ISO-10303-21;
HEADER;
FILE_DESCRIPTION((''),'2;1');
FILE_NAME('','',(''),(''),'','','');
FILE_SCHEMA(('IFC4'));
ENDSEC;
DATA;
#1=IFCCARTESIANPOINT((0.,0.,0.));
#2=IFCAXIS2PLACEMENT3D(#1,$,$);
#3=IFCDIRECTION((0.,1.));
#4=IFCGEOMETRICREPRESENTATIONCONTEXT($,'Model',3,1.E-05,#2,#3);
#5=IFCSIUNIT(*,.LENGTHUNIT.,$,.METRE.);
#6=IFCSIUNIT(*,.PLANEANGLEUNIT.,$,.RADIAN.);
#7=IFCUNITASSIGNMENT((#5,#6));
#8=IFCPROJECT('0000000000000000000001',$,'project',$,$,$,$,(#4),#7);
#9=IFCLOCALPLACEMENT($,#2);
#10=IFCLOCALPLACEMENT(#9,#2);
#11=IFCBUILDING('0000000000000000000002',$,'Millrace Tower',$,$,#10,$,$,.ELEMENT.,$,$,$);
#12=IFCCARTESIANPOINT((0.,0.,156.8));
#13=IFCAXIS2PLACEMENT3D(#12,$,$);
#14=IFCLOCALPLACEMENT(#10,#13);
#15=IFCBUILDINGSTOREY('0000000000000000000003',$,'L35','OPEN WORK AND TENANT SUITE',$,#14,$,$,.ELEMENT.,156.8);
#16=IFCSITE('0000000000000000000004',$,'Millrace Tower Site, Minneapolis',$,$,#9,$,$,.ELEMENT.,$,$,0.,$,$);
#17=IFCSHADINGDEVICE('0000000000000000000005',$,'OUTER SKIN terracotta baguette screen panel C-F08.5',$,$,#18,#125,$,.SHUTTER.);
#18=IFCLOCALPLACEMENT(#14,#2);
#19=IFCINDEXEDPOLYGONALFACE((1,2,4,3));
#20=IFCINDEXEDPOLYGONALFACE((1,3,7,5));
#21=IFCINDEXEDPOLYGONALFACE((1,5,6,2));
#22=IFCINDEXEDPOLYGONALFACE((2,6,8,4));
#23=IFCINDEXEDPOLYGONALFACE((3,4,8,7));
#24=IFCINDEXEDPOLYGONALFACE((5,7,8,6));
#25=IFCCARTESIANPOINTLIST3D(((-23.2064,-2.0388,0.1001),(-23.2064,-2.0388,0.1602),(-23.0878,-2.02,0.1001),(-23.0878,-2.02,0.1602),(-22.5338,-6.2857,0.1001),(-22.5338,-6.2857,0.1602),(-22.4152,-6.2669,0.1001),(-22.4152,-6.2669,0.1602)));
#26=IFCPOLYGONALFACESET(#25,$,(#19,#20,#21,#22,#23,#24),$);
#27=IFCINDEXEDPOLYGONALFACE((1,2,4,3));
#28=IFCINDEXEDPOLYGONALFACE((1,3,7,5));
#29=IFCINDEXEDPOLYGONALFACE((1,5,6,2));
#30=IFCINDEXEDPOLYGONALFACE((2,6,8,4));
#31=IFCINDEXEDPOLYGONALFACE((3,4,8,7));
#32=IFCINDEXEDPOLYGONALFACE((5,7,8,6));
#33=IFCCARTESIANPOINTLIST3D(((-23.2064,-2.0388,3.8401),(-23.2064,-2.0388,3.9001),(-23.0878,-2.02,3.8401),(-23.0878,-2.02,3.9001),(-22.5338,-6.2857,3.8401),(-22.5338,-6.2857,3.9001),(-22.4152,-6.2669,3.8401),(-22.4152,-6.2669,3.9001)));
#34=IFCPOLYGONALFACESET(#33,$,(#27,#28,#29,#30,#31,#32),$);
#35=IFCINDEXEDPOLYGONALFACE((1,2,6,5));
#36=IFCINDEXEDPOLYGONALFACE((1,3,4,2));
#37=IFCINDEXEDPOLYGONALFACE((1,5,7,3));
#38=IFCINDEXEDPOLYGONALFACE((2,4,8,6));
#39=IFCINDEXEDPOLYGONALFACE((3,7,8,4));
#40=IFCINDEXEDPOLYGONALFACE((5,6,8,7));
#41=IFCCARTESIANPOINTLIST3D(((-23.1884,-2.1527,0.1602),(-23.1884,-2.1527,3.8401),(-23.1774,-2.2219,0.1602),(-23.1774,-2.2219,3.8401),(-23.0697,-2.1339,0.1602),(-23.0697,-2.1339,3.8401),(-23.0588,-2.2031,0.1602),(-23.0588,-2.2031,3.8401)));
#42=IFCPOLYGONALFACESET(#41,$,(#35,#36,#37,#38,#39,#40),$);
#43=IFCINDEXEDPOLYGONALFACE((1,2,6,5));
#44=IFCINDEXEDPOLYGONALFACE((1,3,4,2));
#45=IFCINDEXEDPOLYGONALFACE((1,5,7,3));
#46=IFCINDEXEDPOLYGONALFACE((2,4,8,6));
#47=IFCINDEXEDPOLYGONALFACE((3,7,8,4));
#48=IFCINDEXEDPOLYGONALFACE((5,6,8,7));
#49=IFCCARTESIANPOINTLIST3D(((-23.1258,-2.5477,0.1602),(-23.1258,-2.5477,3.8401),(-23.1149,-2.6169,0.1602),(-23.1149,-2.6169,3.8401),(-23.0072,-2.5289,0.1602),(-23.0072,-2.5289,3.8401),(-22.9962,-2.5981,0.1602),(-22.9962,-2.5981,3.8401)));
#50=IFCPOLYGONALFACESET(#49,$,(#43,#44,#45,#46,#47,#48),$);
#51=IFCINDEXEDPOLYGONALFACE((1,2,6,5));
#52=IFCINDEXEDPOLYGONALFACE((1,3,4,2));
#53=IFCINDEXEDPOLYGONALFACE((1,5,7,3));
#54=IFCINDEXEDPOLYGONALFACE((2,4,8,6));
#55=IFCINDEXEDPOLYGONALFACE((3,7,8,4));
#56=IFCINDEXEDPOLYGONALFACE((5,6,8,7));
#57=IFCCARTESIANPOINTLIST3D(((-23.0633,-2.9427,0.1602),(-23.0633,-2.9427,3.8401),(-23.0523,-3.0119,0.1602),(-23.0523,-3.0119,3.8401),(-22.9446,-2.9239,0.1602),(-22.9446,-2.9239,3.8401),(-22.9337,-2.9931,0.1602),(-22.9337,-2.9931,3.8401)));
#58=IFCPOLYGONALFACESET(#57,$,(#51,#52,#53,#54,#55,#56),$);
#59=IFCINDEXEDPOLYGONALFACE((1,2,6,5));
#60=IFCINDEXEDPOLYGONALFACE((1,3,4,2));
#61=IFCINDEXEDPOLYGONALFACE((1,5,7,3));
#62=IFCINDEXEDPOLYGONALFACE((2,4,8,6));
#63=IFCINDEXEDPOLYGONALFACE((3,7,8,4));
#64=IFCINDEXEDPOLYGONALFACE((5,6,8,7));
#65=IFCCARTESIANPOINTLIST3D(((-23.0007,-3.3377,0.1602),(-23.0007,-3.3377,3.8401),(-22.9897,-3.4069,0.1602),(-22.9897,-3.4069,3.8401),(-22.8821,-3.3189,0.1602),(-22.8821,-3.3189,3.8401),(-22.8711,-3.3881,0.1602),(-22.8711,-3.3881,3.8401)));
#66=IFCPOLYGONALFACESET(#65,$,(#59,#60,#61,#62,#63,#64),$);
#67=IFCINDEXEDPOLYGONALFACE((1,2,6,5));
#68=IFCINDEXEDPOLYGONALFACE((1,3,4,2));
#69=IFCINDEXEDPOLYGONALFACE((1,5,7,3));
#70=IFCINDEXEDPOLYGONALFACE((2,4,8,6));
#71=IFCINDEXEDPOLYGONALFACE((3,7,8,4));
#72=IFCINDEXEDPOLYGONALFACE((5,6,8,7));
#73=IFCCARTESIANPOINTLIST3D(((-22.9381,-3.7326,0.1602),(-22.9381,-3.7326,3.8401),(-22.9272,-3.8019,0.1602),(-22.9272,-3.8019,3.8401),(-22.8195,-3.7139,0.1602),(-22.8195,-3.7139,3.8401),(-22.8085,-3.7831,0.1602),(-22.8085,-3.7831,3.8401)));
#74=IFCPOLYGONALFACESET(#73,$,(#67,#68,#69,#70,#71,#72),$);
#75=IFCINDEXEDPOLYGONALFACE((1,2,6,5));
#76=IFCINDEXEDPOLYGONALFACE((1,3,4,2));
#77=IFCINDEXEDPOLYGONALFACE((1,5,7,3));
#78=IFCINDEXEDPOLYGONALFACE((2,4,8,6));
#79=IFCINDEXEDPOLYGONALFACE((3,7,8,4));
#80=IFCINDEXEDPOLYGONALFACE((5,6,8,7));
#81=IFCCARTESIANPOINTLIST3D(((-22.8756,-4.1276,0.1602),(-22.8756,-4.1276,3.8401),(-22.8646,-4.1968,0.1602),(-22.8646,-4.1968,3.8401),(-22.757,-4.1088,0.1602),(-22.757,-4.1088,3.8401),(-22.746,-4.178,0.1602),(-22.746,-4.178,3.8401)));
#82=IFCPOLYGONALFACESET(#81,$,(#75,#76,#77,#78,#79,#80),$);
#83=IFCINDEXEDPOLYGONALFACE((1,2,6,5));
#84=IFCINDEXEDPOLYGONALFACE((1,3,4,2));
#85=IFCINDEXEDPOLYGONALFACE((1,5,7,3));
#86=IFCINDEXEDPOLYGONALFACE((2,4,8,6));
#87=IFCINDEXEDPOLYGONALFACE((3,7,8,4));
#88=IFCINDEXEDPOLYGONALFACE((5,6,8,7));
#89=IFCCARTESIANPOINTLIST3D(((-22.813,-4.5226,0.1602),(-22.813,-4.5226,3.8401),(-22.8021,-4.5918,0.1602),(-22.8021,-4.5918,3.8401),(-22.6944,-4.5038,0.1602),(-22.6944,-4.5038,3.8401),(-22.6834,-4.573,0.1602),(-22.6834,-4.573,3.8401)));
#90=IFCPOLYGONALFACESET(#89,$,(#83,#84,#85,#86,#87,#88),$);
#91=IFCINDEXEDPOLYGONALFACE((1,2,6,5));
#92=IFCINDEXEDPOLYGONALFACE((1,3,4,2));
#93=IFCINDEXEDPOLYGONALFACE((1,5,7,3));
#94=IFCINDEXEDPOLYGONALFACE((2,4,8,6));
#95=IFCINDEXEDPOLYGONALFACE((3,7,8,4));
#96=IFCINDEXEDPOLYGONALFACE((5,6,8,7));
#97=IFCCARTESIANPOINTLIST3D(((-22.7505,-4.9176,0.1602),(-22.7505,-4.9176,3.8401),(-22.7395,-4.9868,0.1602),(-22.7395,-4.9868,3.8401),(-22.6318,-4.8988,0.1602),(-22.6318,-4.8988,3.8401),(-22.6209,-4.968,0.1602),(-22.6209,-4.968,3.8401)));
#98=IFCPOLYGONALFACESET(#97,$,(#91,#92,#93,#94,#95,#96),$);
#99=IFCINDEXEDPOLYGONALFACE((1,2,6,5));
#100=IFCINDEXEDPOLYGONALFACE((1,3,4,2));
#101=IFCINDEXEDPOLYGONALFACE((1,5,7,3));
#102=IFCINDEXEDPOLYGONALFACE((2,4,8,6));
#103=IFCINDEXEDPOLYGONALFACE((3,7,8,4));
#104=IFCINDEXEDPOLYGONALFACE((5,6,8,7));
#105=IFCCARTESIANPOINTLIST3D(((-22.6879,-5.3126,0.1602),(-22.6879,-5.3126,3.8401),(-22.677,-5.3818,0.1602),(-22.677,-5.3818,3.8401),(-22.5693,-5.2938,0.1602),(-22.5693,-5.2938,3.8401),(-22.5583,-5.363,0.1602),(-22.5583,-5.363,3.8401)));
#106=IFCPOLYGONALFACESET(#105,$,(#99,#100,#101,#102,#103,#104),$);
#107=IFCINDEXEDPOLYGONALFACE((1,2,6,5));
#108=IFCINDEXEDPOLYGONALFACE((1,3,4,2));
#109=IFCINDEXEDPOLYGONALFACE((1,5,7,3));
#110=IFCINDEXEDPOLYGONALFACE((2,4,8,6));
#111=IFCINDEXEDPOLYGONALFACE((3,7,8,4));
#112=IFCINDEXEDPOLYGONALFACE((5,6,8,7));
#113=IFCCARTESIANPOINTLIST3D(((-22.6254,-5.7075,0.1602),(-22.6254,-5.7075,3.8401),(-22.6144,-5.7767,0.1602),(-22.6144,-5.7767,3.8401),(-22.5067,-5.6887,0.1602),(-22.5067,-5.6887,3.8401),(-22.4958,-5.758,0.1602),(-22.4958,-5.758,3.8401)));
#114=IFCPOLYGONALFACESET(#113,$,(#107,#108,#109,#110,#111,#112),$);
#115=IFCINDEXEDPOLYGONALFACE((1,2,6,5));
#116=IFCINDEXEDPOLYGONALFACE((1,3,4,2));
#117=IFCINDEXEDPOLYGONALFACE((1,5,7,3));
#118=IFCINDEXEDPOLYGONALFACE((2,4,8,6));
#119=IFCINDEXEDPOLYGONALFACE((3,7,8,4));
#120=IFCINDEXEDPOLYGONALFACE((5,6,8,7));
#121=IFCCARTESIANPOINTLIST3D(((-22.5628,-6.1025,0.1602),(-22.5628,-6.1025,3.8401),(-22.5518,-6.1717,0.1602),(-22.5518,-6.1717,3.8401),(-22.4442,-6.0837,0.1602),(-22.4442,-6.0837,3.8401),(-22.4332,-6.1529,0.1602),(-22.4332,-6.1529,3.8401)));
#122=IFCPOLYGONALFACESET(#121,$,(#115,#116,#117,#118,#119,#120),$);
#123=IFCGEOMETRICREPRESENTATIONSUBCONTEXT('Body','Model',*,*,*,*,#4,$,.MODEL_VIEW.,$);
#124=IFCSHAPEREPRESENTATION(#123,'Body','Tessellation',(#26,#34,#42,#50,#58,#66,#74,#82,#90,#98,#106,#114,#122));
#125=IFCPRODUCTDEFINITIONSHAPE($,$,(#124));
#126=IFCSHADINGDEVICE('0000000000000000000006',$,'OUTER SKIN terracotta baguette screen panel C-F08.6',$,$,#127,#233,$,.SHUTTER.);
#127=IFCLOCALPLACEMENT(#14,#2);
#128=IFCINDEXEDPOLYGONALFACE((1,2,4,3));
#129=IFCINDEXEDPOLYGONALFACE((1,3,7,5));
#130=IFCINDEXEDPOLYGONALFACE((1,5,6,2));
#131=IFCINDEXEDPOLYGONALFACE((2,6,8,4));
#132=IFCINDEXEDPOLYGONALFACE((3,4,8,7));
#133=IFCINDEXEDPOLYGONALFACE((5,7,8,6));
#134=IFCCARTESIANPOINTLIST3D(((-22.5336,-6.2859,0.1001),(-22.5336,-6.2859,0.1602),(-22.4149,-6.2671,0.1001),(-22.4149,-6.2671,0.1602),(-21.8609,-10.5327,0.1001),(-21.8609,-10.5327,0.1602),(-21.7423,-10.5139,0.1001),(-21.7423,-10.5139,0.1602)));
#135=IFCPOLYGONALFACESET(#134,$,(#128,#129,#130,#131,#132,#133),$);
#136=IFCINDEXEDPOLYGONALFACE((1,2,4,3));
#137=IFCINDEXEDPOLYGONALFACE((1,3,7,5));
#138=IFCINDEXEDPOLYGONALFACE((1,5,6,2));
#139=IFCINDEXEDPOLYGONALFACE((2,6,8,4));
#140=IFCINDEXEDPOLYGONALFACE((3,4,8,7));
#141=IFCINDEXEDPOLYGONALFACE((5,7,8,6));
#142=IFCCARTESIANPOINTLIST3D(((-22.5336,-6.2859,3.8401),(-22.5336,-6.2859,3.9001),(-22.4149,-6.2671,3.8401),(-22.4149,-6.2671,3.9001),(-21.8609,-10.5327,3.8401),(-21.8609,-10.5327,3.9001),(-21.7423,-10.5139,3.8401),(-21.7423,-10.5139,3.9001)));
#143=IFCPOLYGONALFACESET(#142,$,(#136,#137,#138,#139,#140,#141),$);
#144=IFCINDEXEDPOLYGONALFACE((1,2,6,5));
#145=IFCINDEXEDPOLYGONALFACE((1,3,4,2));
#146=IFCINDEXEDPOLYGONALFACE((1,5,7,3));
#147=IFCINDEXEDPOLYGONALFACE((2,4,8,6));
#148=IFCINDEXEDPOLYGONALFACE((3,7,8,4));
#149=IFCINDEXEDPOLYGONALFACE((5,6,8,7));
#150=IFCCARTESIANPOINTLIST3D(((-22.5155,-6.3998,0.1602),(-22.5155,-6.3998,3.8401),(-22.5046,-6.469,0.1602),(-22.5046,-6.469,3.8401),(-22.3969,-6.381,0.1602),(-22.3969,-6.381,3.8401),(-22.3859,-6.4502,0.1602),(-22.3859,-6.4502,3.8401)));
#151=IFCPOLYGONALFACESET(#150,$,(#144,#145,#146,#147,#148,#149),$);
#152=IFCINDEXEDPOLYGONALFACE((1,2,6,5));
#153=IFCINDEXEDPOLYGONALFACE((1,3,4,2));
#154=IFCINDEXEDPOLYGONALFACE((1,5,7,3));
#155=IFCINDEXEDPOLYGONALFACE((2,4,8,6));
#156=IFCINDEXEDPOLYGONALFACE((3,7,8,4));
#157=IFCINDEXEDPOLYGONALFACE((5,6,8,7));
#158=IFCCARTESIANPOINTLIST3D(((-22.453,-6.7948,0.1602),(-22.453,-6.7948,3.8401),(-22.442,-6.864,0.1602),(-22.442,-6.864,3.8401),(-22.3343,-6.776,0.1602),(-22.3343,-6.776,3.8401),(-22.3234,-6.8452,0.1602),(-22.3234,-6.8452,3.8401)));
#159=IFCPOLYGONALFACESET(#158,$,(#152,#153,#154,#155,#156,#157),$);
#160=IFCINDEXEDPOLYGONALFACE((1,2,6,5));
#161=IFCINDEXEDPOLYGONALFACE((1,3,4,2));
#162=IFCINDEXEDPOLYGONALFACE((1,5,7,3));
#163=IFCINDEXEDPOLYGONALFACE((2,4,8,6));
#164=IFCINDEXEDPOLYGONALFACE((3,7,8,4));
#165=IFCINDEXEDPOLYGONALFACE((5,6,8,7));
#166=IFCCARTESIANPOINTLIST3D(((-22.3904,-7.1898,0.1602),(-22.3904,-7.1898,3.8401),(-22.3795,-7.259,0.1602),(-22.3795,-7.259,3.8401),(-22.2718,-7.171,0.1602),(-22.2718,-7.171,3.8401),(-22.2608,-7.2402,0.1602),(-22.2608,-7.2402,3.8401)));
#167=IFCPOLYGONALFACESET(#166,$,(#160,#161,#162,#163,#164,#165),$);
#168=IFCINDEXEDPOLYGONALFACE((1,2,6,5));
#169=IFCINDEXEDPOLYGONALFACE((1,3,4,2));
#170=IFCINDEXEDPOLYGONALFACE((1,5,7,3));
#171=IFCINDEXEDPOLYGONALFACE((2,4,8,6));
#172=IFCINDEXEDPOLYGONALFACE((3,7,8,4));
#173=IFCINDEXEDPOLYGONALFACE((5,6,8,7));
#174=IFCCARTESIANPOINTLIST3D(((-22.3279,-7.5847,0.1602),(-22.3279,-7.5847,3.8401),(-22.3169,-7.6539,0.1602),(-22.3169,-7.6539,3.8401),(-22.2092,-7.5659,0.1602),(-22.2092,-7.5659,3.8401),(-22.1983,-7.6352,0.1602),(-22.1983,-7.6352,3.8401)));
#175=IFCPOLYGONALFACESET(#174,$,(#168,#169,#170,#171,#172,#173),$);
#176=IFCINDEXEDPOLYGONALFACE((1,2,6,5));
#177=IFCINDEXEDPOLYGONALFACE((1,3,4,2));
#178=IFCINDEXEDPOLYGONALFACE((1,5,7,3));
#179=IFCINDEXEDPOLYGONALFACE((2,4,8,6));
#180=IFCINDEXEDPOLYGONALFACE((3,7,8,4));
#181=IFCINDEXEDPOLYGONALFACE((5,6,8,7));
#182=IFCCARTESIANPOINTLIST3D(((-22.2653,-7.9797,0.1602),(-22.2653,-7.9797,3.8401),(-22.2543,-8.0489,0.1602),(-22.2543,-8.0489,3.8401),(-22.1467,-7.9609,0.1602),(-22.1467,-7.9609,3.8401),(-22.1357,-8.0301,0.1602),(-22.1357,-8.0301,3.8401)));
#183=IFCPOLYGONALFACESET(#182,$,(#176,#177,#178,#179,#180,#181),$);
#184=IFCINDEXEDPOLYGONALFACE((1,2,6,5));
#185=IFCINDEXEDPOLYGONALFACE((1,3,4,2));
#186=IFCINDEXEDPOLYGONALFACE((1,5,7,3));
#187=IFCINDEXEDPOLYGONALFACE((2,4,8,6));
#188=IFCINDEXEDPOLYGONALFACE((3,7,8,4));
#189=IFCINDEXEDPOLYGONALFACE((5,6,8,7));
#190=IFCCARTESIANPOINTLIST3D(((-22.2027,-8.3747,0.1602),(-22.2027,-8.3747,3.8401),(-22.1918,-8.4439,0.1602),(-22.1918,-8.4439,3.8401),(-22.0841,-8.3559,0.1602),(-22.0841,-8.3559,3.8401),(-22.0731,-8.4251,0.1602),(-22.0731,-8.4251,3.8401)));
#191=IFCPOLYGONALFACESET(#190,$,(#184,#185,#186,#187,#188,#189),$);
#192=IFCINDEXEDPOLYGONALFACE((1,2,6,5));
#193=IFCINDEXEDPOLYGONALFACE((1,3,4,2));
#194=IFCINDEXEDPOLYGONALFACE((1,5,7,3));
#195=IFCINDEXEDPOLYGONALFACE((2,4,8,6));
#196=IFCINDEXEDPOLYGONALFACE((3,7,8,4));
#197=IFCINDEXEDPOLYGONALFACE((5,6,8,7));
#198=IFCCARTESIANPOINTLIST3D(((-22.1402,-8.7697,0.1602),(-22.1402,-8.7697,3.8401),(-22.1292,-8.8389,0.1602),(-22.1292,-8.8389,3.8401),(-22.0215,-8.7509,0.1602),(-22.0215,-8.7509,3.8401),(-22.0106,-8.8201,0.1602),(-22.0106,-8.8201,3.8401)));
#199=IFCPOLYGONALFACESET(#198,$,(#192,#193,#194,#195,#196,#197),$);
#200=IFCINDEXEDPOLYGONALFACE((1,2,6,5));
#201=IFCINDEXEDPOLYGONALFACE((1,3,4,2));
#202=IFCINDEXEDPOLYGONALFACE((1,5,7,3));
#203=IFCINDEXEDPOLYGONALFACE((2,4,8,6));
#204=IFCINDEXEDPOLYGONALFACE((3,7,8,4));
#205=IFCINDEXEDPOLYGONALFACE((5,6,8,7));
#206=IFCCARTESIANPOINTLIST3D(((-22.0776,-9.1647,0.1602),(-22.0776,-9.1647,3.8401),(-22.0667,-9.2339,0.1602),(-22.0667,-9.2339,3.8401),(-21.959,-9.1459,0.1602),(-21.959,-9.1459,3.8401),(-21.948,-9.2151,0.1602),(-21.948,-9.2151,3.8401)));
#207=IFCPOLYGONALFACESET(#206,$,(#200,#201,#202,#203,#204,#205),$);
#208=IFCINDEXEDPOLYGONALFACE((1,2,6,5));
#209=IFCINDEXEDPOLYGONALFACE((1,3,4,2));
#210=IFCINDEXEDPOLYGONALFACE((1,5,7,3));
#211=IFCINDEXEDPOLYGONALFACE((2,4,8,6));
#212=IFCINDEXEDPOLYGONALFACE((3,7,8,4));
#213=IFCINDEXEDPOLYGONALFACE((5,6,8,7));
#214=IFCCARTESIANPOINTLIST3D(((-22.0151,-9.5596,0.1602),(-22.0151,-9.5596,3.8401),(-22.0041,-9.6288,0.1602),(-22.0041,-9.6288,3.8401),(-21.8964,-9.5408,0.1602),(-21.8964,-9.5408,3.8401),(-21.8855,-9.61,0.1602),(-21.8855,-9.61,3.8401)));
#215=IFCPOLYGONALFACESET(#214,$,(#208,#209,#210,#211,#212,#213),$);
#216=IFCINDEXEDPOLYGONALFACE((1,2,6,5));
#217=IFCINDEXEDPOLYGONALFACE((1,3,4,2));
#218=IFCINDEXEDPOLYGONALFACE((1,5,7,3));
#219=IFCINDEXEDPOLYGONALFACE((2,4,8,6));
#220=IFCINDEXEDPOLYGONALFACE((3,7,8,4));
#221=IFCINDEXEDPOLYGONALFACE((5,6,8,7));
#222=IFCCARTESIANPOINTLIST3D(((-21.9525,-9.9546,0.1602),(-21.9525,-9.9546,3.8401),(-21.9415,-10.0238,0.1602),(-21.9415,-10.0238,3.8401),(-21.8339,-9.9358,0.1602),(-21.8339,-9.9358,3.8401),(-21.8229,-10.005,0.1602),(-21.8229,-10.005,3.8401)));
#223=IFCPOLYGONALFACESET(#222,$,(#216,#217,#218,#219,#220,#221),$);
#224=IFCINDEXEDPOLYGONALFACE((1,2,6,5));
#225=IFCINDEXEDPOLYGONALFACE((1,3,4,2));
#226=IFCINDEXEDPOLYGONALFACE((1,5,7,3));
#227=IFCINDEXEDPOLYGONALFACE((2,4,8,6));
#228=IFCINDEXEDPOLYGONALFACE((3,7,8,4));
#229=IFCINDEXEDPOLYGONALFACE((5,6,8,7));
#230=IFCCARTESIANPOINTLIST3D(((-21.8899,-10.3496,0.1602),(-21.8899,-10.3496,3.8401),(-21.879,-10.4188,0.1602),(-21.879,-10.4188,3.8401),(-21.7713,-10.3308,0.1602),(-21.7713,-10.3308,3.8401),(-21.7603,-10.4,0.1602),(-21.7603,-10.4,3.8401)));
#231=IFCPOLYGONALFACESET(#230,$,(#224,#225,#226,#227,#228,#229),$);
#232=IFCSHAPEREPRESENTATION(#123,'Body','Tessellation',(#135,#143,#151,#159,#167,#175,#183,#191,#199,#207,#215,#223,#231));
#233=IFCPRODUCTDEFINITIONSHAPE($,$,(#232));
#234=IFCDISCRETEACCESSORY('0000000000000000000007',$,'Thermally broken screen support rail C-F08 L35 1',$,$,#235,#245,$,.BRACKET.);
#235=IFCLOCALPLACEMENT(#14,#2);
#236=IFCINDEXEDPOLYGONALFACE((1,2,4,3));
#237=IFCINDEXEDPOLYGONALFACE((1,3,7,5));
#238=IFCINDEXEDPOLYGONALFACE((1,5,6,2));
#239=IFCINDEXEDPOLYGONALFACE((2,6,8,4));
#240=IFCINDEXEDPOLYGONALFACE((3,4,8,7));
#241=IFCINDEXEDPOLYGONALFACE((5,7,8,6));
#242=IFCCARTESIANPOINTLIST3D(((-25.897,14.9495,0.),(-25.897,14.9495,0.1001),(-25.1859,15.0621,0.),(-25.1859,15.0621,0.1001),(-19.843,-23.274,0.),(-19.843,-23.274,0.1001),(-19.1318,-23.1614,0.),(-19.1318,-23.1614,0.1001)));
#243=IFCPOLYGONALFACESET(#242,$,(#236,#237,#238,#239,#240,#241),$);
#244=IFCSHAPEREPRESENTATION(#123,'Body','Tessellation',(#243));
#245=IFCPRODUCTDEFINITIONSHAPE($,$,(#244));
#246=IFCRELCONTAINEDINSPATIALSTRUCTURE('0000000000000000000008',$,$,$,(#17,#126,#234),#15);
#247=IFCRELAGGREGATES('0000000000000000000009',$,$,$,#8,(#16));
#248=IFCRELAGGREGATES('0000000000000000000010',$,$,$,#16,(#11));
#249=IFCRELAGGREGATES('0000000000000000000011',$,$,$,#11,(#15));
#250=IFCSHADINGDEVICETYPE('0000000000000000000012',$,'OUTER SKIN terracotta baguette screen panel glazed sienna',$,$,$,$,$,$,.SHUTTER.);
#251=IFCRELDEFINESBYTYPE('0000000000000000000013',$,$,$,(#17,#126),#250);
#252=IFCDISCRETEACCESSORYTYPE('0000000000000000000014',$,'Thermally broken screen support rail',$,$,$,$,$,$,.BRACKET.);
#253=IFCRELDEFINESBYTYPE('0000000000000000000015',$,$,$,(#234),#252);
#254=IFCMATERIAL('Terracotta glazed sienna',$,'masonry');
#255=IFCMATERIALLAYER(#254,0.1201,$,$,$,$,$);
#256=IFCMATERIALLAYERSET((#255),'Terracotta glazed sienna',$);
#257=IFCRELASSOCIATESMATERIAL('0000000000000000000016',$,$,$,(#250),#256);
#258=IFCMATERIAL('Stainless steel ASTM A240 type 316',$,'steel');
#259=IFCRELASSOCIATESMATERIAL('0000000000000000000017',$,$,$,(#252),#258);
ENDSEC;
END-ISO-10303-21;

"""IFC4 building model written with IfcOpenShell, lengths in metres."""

from ifc_helpers import new_model, entity, si_unit, direction, frame, frame_2d, origin, origin_2d, place, context, subcontext, project, spatial, rectangle, extrude, source, transform, mapped, material, layer, layer_set, type_object, element, save


model = new_model("IFC4")

# Units and contexts
model_context = context("Model", 3, precision=1e-05, world=origin(), true_north=direction((0.0, 1.0)))
body_context = subcontext(model_context, "Body", "Model", "MODEL_VIEW")
ifc_project = project(units=[si_unit("LENGTHUNIT", "METRE"), si_unit("PLANEANGLEUNIT", "RADIAN")], contexts=[model_context])

# Site, building, storey
site_placement = place(None, origin())
site = spatial("IfcSite", under=ifc_project, at=site_placement, Name="Millrace Tower Site, Minneapolis", CompositionType="ELEMENT", RefElevation=0.0)
building_placement = place(site_placement, origin())
building = spatial("IfcBuilding", under=site, at=building_placement, Name="Millrace Tower", CompositionType="ELEMENT")
storey_placement = place(building_placement, frame((0.0, 0.0, 156.8)))
storey = spatial("IfcBuildingStorey", under=building, at=storey_placement, Name="L35", Description="OPEN WORK AND TENANT SUITE", CompositionType="ELEMENT", Elevation=156.8)

# Shading devices
ifc_material_1 = material(Name="Terracotta glazed sienna", Category="masonry")
ifc_layer_1 = layer(ifc_material_1, 0.1201)
ifc_layer_set_1 = layer_set([ifc_layer_1], Name="Terracotta glazed sienna")
shading_device_type = type_object("IfcShadingDeviceType", Name="OUTER SKIN terracotta baguette screen panel glazed sienna", PredefinedType="SHUTTER", material=ifc_layer_set_1)
cartesian_point = entity("IfcCartesianPoint", [-2.1499, 0.0601])
shared_polyline = entity("IfcPolyline", [cartesian_point, entity("IfcCartesianPoint", [2.1499, 0.0601]), entity("IfcCartesianPoint", [2.1499, -0.0601]), entity("IfcCartesianPoint", [-2.1499, -0.0601]), cartesian_point])
shared_shape = source(origin(), body_context, "Body", "SweptSolid", [
    entity("IfcExtrudedAreaSolid", entity("IfcArbitraryClosedProfileDef", "AREA", None, shared_polyline), entity("IfcAxis2Placement3D", entity("IfcCartesianPoint", [0.0, 0.0, 0.0])), entity("IfcDirection", [0.0, 0.0, 1.0]), 0.0601),
    entity("IfcExtrudedAreaSolid", entity("IfcArbitraryClosedProfileDef", "AREA", None, shared_polyline), entity("IfcAxis2Placement3D", entity("IfcCartesianPoint", [0.0, 0.0, 3.74])), entity("IfcDirection", [0.0, 0.0, 1.0]), 0.0601),
    extrude(rectangle(XDim=0.0701, YDim=0.1201, at=frame_2d((-1.9995, 0.0))), frame((0.0, 0.0, 0.0601)), (0.0, 0.0, 1.0), 3.6799),
    extrude(rectangle(XDim=0.0701, YDim=0.1201, at=frame_2d((-1.5996, 0.0))), frame((0.0, 0.0, 0.0601)), (0.0, 0.0, 1.0), 3.6799),
    extrude(rectangle(XDim=0.0701, YDim=0.1201, at=frame_2d((-1.1997, 0.0))), frame((0.0, 0.0, 0.0601)), (0.0, 0.0, 1.0), 3.6799),
    extrude(rectangle(XDim=0.0701, YDim=0.1201, at=frame_2d((-0.7998, 0.0))), frame((0.0, 0.0, 0.0601)), (0.0, 0.0, 1.0), 3.6799),
    extrude(rectangle(XDim=0.0701, YDim=0.1201, at=frame_2d((-0.3999, 0.0))), frame((0.0, 0.0, 0.0601)), (0.0, 0.0, 1.0), 3.6799),
    extrude(rectangle(XDim=0.0701, YDim=0.1201, at=origin_2d()), frame((0.0, 0.0, 0.0601)), (0.0, 0.0, 1.0), 3.6799),
    extrude(rectangle(XDim=0.0701, YDim=0.1201, at=frame_2d((0.3999, 0.0))), frame((0.0, 0.0, 0.0601)), (0.0, 0.0, 1.0), 3.6799),
    extrude(rectangle(XDim=0.0701, YDim=0.1201, at=frame_2d((0.7998, 0.0))), frame((0.0, 0.0, 0.0601)), (0.0, 0.0, 1.0), 3.6799),
    extrude(rectangle(XDim=0.0701, YDim=0.1201, at=frame_2d((1.1997, 0.0))), frame((0.0, 0.0, 0.0601)), (0.0, 0.0, 1.0), 3.6799),
    extrude(rectangle(XDim=0.0701, YDim=0.1201, at=frame_2d((1.5996, 0.0))), frame((0.0, 0.0, 0.0601)), (0.0, 0.0, 1.0), 3.6799),
    extrude(rectangle(XDim=0.0701, YDim=0.1201, at=frame_2d((1.9995, 0.0))), frame((0.0, 0.0, 0.0601)), (0.0, 0.0, 1.0), 3.6799),
])
for number, where, z_axis, x_axis, name in (
    (1, (-22.8108, -4.1528, 0.1001), (0.0, 0.0, 1.0), (0.156434, -0.987688, 0.0), "OUTER SKIN terracotta baguette screen panel C-F08.5"),
    (2, (-22.1379, -8.3999, 0.1001), (0.0, 0.0, 1.0), (0.156434, -0.987688, 0.0), "OUTER SKIN terracotta baguette screen panel C-F08.6"),
):
    element("IfcShadingDevice", number, at=place(storey_placement, frame(where, z_axis=z_axis, x_axis=x_axis)), inside=storey, type_object=shading_device_type, Name=name, PredefinedType="SHUTTER", context=body_context, shape_type="MappedRepresentation", body=[
        mapped(shared_shape, transform((0.0, 0.0, 0.0), scale=1.0)),
    ])

# Discrete accessory
ifc_material_2 = material(Name="Stainless steel ASTM A240 type 316", Category="steel")
discrete_accessory_type = type_object("IfcDiscreteAccessoryType", Name="Thermally broken screen support rail", PredefinedType="BRACKET", material=ifc_material_2)
discrete_accessory_placement = place(storey_placement, frame((-22.5144, -4.106, 0.0), z_axis=(0.0, 0.0, 1.0), x_axis=(0.156434, -0.987688, 0.0)))
element("IfcDiscreteAccessory", 3, at=discrete_accessory_placement, inside=storey, type_object=discrete_accessory_type, Name="Thermally broken screen support rail C-F08 L35 1", PredefinedType="BRACKET", context=body_context, shape_type="SweptSolid", body=[
    extrude(rectangle(XDim=38.7, YDim=0.72, at=origin_2d()), origin(), (0.0, 0.0, 1.0), 0.1001),
])

save(model, "model.ifc")
